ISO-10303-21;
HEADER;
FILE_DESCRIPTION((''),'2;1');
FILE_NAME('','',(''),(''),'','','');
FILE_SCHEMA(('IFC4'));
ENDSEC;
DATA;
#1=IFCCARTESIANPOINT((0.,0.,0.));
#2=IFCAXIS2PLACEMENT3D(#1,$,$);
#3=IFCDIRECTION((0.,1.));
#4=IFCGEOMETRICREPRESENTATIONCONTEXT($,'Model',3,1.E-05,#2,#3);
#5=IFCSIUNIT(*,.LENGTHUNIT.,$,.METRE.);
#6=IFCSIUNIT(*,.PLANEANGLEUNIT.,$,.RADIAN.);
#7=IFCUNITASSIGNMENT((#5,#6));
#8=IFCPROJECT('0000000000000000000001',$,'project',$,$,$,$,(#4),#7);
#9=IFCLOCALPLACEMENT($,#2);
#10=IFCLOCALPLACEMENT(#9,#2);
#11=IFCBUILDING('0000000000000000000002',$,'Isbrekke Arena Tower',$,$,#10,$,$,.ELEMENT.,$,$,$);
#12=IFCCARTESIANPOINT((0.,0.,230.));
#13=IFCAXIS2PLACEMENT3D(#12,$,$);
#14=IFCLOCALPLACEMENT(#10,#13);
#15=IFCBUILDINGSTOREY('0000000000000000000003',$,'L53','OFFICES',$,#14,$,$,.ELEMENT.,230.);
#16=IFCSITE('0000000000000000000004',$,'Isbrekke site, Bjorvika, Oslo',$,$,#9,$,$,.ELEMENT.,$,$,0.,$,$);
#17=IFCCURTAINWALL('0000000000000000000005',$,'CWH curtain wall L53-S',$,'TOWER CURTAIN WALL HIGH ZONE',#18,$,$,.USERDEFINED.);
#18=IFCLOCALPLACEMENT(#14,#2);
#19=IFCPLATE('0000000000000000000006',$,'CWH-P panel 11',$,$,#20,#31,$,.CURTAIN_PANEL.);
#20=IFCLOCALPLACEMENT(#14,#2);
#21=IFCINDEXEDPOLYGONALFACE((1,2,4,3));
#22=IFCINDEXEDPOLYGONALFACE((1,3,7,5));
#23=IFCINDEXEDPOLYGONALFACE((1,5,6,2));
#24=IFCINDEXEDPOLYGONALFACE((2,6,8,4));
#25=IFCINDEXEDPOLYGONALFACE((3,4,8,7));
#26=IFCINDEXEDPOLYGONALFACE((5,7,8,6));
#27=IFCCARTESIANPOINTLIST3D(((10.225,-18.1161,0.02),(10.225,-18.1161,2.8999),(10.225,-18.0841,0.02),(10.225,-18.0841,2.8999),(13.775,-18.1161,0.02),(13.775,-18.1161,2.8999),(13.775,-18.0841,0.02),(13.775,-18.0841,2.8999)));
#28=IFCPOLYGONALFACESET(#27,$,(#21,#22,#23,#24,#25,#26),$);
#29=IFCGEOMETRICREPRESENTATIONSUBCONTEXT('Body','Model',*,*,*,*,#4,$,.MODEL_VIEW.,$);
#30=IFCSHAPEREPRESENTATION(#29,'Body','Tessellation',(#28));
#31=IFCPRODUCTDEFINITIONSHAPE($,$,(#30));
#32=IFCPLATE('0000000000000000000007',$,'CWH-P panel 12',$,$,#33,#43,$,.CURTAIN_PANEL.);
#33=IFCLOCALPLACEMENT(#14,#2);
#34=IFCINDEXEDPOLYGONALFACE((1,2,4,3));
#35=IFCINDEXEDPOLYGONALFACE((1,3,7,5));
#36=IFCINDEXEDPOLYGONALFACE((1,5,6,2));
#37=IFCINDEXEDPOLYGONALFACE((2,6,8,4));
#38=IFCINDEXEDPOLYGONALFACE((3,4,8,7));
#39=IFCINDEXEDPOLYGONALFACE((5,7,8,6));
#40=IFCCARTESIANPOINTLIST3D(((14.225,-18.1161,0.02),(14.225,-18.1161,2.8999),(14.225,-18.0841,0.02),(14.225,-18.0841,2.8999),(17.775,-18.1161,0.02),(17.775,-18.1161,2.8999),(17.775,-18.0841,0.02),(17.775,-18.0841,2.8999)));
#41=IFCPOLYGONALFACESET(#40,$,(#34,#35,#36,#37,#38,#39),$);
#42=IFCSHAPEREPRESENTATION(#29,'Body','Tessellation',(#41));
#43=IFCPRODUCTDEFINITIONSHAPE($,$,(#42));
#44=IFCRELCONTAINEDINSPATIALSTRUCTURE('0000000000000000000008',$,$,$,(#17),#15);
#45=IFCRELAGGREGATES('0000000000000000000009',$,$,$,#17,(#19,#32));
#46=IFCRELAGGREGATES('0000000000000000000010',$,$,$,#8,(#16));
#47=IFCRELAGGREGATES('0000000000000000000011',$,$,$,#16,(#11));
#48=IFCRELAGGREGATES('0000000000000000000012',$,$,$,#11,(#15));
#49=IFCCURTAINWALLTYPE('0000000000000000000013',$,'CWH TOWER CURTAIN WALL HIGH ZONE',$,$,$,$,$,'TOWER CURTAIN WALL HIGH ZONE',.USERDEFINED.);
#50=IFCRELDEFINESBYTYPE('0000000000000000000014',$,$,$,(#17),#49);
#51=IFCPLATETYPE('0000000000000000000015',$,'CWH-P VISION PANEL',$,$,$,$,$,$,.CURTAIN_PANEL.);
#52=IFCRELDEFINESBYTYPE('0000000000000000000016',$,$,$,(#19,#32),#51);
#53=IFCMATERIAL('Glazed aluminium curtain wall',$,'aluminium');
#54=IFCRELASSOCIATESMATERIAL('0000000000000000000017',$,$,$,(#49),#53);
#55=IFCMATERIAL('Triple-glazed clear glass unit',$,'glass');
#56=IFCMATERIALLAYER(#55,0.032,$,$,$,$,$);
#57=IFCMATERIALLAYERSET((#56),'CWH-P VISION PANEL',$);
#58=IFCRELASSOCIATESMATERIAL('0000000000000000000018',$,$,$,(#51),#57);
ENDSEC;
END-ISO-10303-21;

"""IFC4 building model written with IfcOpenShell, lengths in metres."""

from ifc_helpers import new_model, si_unit, direction, frame, origin, origin_2d, place, context, subcontext, project, spatial, rectangle, extrude, material, layer, layer_set, type_object, element, aggregate, save


model = new_model("IFC4")

# Units and contexts
model_context = context("Model", 3, precision=1e-05, world=origin(), true_north=direction((0.0, 1.0)))
body_context = subcontext(model_context, "Body", "Model", "MODEL_VIEW")
ifc_project = project(units=[si_unit("LENGTHUNIT", "METRE"), si_unit("PLANEANGLEUNIT", "RADIAN")], contexts=[model_context])

# Site, building, storey
site_placement = place(None, origin())
site = spatial("IfcSite", under=ifc_project, at=site_placement, Name="Isbrekke site, Bjorvika, Oslo", CompositionType="ELEMENT", RefElevation=0.0)
building_placement = place(site_placement, origin())
building = spatial("IfcBuilding", under=site, at=building_placement, Name="Isbrekke Arena Tower", CompositionType="ELEMENT")
storey_placement = place(building_placement, frame((0.0, 0.0, 230.0)))
storey = spatial("IfcBuildingStorey", under=building, at=storey_placement, Name="L53", Description="OFFICES", CompositionType="ELEMENT", Elevation=230.0)

# Curtain wall
ifc_material_1 = material(Name="Glazed aluminium curtain wall", Category="aluminium")
curtain_wall_type = type_object("IfcCurtainWallType", Name="CWH TOWER CURTAIN WALL HIGH ZONE", ElementType="TOWER CURTAIN WALL HIGH ZONE", PredefinedType="USERDEFINED", material=ifc_material_1)
curtain_wall_placement = place(storey_placement, origin())
curtain_wall = element("IfcCurtainWall", 1, at=curtain_wall_placement, inside=storey, type_object=curtain_wall_type, Name="CWH curtain wall L53-S", ObjectType="TOWER CURTAIN WALL HIGH ZONE", PredefinedType="USERDEFINED")

# Plates
ifc_material_2 = material(Name="Triple-glazed clear glass unit", Category="glass")
ifc_layer = layer(ifc_material_2, 0.032)
ifc_layer_set = layer_set([ifc_layer], Name="CWH-P VISION PANEL")
plate_type = type_object("IfcPlateType", Name="CWH-P VISION PANEL", PredefinedType="CURTAIN_PANEL", material=ifc_layer_set)
plate_1_placement = place(storey_placement, frame((12.0, -18.1001, 0.02), z_axis=(0.0, 0.0, 1.0), x_axis=(1.0, 0.0, 0.0)))
plate_1 = element("IfcPlate", 2, at=plate_1_placement, type_object=plate_type, Name="CWH-P panel 11", PredefinedType="CURTAIN_PANEL", context=body_context, shape_type="SweptSolid", body=[
    extrude(rectangle(XDim=3.55, YDim=0.032, at=origin_2d()), origin(), (0.0, 0.0, 1.0), 2.8799),
])
plate_2_placement = place(storey_placement, frame((16.0, -18.1001, 0.02), z_axis=(0.0, 0.0, 1.0), x_axis=(1.0, 0.0, 0.0)))
plate_2 = element("IfcPlate", 3, at=plate_2_placement, type_object=plate_type, Name="CWH-P panel 12", PredefinedType="CURTAIN_PANEL", context=body_context, shape_type="SweptSolid", body=[
    extrude(rectangle(XDim=3.55, YDim=0.032, at=origin_2d()), origin(), (0.0, 0.0, 1.0), 2.8799),
])
aggregate(curtain_wall, [plate_1, plate_2])

save(model, "model.ifc")
